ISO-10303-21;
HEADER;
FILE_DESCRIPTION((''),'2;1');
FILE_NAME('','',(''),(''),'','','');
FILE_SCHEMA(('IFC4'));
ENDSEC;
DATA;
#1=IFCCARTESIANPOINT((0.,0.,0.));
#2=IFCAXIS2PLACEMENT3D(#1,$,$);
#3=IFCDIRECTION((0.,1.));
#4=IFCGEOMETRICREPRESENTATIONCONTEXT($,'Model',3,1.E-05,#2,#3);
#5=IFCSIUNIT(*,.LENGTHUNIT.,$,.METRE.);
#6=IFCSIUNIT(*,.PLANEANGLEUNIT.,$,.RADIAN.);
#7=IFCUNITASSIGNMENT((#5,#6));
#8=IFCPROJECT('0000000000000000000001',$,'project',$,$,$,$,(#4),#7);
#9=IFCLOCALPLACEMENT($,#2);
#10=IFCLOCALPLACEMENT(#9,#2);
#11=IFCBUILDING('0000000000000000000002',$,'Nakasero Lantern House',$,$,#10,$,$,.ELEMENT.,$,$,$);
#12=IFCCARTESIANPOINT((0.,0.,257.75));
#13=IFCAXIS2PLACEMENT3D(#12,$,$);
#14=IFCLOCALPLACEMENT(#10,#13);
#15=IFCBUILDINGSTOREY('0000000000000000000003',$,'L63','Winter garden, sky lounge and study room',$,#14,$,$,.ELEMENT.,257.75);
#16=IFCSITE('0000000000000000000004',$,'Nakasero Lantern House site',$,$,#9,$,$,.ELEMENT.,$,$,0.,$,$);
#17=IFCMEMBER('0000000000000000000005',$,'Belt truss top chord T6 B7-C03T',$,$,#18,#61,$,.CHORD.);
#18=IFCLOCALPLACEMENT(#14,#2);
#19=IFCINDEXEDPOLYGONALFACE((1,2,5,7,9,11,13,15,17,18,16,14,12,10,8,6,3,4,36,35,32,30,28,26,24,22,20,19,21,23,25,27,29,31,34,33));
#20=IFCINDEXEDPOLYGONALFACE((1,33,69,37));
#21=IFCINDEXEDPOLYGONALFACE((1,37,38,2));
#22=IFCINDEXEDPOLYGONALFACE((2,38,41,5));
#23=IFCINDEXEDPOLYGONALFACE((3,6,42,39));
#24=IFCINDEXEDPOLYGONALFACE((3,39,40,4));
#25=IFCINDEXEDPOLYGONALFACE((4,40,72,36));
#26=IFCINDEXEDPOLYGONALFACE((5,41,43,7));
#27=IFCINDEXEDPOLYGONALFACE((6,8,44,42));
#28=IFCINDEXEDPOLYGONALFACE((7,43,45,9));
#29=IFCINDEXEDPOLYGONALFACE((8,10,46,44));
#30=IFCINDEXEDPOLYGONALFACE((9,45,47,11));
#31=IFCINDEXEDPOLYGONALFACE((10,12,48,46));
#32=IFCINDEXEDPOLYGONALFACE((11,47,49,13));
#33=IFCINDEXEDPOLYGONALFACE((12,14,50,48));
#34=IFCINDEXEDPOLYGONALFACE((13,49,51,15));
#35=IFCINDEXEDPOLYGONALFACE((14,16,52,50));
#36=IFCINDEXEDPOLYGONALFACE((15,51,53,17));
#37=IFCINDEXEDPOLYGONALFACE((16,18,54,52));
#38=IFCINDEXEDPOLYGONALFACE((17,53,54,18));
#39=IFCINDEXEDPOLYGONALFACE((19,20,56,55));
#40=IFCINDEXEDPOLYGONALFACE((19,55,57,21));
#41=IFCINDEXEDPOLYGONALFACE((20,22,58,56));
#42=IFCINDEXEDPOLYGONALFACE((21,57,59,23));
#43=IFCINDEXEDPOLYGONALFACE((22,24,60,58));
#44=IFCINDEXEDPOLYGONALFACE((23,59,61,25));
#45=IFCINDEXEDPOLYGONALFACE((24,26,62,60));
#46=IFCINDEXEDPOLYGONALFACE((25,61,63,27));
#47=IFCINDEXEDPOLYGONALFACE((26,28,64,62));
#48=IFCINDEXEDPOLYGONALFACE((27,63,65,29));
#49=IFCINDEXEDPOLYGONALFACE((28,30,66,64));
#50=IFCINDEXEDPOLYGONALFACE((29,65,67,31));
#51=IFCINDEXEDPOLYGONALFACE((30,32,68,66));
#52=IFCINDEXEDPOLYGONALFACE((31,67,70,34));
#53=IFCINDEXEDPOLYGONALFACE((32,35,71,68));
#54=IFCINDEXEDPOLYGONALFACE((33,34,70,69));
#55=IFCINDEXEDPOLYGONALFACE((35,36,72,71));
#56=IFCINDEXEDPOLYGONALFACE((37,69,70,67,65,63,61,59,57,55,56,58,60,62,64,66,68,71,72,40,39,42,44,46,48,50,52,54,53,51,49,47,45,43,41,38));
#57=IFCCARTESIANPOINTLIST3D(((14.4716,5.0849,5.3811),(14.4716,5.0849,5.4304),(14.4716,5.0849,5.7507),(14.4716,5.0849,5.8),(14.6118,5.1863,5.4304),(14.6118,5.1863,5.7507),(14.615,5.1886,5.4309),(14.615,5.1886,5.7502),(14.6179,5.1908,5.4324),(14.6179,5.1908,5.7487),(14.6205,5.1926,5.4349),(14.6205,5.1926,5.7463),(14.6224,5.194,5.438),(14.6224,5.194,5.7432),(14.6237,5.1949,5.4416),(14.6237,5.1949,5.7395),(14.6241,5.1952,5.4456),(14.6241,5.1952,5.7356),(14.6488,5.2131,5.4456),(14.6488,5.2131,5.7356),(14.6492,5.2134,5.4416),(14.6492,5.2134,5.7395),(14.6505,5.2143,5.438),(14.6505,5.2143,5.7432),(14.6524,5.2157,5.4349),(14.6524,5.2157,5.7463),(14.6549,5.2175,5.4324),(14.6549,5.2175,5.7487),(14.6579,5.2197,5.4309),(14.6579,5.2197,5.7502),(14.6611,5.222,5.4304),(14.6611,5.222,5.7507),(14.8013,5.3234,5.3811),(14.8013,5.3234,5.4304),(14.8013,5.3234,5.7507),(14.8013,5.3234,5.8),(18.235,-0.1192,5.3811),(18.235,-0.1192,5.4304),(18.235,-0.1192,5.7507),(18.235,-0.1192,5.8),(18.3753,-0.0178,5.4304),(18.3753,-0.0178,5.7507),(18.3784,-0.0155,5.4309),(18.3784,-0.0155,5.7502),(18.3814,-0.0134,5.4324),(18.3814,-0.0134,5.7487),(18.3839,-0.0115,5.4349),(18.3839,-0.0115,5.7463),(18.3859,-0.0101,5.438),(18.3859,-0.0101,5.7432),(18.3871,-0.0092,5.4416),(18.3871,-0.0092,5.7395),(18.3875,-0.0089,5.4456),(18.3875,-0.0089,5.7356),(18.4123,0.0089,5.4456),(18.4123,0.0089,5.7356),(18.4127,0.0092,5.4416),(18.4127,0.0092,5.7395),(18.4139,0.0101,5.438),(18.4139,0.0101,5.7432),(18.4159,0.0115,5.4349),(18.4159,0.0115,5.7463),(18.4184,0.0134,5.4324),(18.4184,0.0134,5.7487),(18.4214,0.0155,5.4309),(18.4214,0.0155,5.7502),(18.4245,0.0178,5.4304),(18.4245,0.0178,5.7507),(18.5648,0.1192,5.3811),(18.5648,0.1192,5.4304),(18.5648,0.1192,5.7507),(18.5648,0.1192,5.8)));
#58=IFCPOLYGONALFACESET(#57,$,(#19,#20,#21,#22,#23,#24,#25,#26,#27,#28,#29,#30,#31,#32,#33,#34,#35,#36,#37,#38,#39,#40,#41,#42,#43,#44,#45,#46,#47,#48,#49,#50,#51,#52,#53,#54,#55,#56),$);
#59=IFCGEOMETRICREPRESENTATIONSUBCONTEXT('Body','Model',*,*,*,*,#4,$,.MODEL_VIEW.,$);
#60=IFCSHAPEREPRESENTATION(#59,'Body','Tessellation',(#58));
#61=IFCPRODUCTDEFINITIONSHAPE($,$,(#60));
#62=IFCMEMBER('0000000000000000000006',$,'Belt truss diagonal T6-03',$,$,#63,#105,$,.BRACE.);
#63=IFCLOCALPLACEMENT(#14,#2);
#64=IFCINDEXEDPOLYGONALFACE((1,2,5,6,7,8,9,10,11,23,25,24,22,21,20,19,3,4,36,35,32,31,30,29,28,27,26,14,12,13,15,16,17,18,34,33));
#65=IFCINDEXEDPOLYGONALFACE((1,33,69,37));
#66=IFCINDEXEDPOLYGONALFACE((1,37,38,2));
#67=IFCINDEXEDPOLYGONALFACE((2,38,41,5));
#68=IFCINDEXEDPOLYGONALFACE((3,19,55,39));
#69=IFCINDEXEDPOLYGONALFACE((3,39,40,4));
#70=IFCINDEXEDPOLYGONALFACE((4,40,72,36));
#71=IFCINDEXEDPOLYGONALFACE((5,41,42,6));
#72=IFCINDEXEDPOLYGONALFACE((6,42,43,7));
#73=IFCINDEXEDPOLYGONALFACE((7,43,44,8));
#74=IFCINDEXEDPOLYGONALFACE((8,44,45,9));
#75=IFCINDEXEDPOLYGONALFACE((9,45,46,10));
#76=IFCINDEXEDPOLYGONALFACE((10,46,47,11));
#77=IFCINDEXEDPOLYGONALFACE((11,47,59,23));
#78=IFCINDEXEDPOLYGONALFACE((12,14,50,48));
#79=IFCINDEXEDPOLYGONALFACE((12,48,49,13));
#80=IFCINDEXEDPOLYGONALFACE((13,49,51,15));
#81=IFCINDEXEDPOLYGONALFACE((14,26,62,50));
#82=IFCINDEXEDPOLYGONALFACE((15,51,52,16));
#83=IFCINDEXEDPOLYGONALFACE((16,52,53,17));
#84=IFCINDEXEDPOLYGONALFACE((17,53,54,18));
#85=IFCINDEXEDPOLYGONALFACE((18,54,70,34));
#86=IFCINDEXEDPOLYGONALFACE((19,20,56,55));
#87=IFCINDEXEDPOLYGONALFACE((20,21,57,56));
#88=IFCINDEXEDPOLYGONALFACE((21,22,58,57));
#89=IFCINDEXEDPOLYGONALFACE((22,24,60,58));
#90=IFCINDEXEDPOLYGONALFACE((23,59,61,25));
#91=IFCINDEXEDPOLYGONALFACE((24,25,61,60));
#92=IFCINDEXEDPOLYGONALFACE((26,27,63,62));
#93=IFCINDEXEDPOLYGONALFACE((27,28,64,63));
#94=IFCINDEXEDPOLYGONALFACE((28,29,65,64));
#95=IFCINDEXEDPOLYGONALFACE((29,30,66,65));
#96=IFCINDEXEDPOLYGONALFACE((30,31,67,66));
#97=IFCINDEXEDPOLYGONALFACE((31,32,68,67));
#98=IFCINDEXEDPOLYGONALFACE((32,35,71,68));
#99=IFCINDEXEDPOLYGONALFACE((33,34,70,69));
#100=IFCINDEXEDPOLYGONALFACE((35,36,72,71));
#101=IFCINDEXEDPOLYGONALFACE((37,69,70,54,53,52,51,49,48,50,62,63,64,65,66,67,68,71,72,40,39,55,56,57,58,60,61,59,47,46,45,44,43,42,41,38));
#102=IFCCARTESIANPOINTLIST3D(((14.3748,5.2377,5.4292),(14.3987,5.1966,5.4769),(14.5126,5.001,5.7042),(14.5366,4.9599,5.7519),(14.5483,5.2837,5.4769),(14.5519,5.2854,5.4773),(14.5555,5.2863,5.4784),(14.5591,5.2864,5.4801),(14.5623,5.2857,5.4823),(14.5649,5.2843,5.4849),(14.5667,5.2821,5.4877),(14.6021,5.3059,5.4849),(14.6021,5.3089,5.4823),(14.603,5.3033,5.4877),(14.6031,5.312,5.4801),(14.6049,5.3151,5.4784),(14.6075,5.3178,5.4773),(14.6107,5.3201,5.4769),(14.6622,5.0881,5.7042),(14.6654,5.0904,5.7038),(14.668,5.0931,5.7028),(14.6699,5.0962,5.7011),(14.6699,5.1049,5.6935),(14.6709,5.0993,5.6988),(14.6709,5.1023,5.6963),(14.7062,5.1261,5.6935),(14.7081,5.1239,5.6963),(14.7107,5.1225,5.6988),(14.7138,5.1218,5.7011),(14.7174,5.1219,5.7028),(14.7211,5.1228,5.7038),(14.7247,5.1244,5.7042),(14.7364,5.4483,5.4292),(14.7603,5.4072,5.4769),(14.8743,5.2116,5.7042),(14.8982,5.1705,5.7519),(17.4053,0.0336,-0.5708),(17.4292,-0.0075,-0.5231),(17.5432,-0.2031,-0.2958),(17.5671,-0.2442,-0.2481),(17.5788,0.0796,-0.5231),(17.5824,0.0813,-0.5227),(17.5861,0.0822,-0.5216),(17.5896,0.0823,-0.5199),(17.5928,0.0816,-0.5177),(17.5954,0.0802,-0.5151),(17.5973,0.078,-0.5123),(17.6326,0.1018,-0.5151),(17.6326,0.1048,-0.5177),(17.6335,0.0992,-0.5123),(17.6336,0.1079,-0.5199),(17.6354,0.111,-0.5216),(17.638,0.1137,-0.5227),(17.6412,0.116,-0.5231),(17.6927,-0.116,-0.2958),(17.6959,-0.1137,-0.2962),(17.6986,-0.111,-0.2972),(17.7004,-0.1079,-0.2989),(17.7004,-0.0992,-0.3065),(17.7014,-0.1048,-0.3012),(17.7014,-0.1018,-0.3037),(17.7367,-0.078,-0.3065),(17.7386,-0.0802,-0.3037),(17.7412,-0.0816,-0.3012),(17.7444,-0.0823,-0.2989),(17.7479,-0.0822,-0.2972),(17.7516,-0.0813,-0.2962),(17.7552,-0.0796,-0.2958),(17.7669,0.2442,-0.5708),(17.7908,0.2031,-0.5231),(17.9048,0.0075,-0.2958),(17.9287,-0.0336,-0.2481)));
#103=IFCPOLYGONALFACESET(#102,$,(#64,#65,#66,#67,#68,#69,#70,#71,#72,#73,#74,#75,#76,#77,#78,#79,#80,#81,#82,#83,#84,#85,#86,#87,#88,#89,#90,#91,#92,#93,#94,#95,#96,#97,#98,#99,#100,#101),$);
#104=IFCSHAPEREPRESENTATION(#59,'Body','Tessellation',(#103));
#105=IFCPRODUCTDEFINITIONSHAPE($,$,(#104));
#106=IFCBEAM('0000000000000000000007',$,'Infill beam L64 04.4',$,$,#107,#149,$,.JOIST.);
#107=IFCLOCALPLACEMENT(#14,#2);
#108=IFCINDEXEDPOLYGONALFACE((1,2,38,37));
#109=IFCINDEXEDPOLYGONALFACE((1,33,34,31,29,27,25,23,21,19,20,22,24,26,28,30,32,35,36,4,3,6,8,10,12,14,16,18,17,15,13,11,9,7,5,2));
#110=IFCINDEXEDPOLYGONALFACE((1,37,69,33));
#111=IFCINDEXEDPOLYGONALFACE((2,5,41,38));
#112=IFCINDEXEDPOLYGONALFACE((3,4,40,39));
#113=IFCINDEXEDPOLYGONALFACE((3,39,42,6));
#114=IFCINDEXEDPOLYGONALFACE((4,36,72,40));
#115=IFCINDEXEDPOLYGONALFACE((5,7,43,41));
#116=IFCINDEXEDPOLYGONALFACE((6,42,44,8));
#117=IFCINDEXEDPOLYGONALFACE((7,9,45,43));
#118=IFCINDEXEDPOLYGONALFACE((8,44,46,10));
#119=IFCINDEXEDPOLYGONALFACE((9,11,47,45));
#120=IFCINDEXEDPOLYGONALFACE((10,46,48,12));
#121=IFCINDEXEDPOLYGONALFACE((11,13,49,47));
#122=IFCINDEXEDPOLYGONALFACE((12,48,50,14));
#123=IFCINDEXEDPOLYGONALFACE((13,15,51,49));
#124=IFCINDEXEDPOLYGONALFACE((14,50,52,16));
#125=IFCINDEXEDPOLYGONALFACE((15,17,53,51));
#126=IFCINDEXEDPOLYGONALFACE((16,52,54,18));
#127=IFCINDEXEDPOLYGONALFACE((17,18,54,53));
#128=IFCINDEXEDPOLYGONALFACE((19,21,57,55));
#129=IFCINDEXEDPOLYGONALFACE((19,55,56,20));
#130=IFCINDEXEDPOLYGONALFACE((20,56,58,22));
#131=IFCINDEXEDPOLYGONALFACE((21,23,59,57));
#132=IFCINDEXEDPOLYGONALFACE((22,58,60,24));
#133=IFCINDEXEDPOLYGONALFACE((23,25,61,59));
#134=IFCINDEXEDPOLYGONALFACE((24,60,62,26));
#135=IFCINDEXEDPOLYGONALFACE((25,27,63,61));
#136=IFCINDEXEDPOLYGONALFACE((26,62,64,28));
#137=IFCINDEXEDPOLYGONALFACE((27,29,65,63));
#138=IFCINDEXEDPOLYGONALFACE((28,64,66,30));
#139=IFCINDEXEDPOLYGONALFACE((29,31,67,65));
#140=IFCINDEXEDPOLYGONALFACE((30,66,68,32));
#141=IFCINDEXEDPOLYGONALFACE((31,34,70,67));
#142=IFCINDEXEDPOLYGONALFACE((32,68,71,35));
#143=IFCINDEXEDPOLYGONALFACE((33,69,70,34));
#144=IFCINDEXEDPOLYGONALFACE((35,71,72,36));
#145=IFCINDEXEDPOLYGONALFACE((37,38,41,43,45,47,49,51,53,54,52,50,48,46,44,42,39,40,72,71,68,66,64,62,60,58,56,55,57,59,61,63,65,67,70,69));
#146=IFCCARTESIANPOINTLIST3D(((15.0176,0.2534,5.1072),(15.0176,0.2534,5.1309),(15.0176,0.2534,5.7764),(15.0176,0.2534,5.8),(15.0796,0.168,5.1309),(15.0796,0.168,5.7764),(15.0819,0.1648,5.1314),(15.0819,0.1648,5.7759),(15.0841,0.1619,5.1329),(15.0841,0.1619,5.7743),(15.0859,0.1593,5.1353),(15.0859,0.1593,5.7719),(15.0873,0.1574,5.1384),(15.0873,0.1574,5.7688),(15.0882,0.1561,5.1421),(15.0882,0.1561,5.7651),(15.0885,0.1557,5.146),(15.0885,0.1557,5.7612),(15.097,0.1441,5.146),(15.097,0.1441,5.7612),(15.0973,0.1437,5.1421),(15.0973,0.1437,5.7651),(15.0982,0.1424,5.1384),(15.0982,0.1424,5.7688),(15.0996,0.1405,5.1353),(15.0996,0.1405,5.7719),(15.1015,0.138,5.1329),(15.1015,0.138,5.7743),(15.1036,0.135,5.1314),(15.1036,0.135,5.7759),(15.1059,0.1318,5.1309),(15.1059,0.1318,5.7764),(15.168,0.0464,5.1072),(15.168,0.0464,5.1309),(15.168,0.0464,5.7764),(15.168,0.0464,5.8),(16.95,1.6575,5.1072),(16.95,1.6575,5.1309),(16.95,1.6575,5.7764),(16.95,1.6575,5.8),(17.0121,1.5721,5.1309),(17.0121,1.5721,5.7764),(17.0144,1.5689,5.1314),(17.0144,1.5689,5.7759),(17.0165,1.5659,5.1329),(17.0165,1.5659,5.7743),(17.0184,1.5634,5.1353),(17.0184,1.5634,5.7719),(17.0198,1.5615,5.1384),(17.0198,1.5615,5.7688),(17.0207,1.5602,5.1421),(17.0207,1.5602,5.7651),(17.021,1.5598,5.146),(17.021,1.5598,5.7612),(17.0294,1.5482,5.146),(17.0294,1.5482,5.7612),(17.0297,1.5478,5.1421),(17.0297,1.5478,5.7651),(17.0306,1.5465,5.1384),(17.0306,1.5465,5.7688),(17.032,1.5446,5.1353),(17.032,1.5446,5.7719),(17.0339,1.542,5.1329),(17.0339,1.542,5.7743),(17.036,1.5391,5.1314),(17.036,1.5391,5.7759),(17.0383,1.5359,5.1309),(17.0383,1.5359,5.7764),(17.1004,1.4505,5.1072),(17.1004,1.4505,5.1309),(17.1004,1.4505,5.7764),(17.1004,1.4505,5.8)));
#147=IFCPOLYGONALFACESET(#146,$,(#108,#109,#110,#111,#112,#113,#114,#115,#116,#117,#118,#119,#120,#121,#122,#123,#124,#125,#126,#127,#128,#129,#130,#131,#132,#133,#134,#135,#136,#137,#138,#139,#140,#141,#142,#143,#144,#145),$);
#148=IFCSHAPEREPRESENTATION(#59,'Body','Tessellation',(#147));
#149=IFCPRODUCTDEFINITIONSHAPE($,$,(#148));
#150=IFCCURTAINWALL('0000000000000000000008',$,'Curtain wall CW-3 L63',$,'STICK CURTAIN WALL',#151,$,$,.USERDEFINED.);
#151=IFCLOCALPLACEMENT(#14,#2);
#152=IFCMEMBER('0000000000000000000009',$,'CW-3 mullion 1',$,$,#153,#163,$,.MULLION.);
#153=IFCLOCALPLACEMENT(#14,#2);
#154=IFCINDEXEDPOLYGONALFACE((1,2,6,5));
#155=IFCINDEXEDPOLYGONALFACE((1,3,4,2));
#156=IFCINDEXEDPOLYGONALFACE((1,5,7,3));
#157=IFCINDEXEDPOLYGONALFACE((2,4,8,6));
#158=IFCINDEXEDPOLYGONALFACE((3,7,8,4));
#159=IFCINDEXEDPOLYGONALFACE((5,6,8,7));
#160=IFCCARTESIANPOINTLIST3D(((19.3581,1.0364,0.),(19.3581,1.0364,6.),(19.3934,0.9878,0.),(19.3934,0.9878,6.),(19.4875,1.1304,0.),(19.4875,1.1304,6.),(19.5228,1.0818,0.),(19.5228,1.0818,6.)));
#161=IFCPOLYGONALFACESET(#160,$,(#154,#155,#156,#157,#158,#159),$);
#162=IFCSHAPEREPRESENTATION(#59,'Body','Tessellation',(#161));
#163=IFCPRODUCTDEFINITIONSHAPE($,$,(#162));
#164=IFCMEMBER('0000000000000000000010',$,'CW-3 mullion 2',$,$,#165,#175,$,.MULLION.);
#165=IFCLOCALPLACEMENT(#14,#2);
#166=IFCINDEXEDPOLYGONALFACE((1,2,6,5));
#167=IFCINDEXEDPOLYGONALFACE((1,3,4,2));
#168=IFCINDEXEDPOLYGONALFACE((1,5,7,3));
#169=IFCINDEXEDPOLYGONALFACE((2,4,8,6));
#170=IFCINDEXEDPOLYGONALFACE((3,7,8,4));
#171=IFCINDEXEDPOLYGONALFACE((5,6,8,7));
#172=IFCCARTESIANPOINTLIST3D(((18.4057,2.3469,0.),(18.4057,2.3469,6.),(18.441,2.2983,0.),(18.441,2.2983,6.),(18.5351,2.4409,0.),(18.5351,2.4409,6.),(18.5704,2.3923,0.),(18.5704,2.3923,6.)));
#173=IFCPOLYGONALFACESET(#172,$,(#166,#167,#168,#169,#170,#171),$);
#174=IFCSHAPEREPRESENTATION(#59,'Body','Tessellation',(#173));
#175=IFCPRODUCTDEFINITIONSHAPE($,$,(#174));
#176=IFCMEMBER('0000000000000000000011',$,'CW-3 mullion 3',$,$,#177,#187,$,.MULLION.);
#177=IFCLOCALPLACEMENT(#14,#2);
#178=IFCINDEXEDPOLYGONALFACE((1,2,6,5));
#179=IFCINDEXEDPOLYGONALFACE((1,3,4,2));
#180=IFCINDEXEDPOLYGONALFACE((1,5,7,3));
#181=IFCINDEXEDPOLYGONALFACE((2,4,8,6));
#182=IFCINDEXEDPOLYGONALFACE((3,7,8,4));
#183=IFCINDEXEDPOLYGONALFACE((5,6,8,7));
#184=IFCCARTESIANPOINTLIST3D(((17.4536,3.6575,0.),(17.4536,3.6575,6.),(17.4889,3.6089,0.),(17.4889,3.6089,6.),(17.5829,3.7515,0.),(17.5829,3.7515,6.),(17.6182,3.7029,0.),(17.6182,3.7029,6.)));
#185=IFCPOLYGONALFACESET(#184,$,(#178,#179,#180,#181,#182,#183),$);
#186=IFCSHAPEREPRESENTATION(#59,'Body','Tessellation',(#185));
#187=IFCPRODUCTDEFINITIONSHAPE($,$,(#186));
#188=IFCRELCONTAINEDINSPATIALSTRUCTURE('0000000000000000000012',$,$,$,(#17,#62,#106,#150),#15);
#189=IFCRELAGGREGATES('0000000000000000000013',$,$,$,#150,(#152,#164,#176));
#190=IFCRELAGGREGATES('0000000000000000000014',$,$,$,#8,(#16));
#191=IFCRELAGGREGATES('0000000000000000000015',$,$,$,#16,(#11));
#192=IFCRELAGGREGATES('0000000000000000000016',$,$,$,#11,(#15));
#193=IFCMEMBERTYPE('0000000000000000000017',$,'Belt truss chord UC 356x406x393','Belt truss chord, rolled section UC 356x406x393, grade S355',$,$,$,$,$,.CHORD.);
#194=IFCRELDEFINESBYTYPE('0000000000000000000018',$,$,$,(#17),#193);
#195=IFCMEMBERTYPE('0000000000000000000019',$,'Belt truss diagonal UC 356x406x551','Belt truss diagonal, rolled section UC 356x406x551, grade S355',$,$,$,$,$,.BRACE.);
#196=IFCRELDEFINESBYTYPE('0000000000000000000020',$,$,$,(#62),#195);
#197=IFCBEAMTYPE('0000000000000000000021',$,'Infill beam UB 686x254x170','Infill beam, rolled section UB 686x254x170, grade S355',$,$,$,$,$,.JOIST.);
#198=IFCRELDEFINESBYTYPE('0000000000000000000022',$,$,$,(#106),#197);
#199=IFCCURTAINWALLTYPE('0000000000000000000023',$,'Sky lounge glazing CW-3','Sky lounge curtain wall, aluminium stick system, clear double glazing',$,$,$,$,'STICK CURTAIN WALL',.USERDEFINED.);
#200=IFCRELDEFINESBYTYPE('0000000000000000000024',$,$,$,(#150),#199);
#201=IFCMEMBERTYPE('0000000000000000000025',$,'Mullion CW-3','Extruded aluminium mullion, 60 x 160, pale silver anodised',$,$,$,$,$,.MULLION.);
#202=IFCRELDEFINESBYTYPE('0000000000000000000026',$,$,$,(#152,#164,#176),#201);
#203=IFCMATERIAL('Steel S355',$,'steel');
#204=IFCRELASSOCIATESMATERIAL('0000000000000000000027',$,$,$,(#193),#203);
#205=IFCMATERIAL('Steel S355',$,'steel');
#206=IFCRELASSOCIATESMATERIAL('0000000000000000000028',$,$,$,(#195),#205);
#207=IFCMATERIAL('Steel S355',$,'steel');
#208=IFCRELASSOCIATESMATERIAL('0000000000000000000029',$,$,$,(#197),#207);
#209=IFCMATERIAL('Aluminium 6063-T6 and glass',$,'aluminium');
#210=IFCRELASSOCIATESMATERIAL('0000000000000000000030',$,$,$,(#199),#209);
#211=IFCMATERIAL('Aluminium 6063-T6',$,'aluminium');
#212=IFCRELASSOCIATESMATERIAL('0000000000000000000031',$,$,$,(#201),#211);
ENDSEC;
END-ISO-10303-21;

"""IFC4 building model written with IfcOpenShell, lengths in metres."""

from ifc_helpers import new_model, si_unit, direction, frame, origin, origin_2d, place, context, subcontext, project, spatial, rectangle, i_section, extrude, material, material_profile, profile_set, type_object, element, aggregate, save


model = new_model("IFC4")

# Units and contexts
model_context = context("Model", 3, precision=1e-05, world=origin(), true_north=direction((0.0, 1.0)))
body_context = subcontext(model_context, "Body", "Model", "MODEL_VIEW")
ifc_project = project(units=[si_unit("LENGTHUNIT", "METRE"), si_unit("PLANEANGLEUNIT", "RADIAN")], contexts=[model_context])

# Site, building, storey
site_placement = place(None, origin())
site = spatial("IfcSite", under=ifc_project, at=site_placement, Name="Nakasero Lantern House site", CompositionType="ELEMENT", RefElevation=0.0)
building_placement = place(site_placement, origin())
building = spatial("IfcBuilding", under=site, at=building_placement, Name="Nakasero Lantern House", CompositionType="ELEMENT")
storey_placement = place(building_placement, frame((0.0, 0.0, 257.75)))
storey = spatial("IfcBuildingStorey", under=building, at=storey_placement, Name="L63", Description="Winter garden, sky lounge and study room", CompositionType="ELEMENT", Elevation=257.75)

# Members
ifc_material_1 = material(Name="Steel S355", Category="steel")
ifc_material_profile_1 = material_profile(ifc_material_1, i_section(OverallWidth=0.407, OverallDepth=0.4189, WebThickness=0.0305, FlangeThickness=0.0493, FilletRadius=0.0151, at=origin_2d()), Name="UC 356x406x393")
ifc_profile_set_1 = profile_set([ifc_material_profile_1], Name="Steel S355")
member_type_1 = type_object("IfcMemberType", Name="Belt truss chord UC 356x406x393", Description="Belt truss chord, rolled section UC 356x406x393, grade S355", PredefinedType="CHORD", material=ifc_profile_set_1)
member_1_placement = place(storey_placement, frame((18.3999, 0.0, 5.5906), z_axis=(-0.585993, 0.810316, 0.0), x_axis=(-0.810316, -0.585993, 0.0)))
element("IfcMember", 1, at=member_1_placement, inside=storey, type_object=member_type_1, Name="Belt truss top chord T6 B7-C03T", PredefinedType="CHORD", context=body_context, shape_type="SweptSolid", body=[
    extrude(i_section(OverallWidth=0.407, OverallDepth=0.4189, WebThickness=0.0305, FlangeThickness=0.0493, FilletRadius=0.0151, at=origin_2d()), origin(), (0.0, 0.0, 1.0), 6.4224),
])
ifc_material_2 = material(Name="Steel S355", Category="steel")
ifc_material_profile_2 = material_profile(ifc_material_2, i_section(OverallWidth=0.4185, OverallDepth=0.4556, WebThickness=0.042, FlangeThickness=0.0674, FilletRadius=0.0151, at=origin_2d()), Name="UC 356x406x551")
ifc_profile_set_2 = profile_set([ifc_material_profile_2], Name="Steel S355")
member_type_2 = type_object("IfcMemberType", Name="Belt truss diagonal UC 356x406x551", Description="Belt truss diagonal, rolled section UC 356x406x551, grade S355", PredefinedType="BRACE", material=ifc_profile_set_2)
member_2_placement = place(storey_placement, frame((17.667, 0.0, -0.4094), z_axis=(-0.35649, 0.612176, 0.705801), x_axis=(-0.864155, -0.503226, 0.0)))
element("IfcMember", 2, at=member_2_placement, inside=storey, type_object=member_type_2, Name="Belt truss diagonal T6-03", PredefinedType="BRACE", context=body_context, shape_type="SweptSolid", body=[
    extrude(i_section(OverallWidth=0.4185, OverallDepth=0.4556, WebThickness=0.042, FlangeThickness=0.0674, FilletRadius=0.0151, at=origin_2d()), origin(), (0.0, 0.0, 1.0), 8.501),
])

# Beam
ifc_material_3 = material(Name="Steel S355", Category="steel")
ifc_material_profile_3 = material_profile(ifc_material_3, i_section(OverallWidth=0.2559, OverallDepth=0.6929, WebThickness=0.0144, FlangeThickness=0.0237, FilletRadius=0.0151, at=origin_2d()), Name="UB 686x254x170")
ifc_profile_set_3 = profile_set([ifc_material_profile_3], Name="Steel S355")
beam_type_1 = type_object("IfcBeamType", Name="Infill beam UB 686x254x170", Description="Infill beam, rolled section UB 686x254x170, grade S355", PredefinedType="JOIST", material=ifc_profile_set_3)
beam_1_placement = place(storey_placement, frame((15.0928, 0.1499, 5.4536), z_axis=(0.808997, 0.587813, 0.0), x_axis=(-0.587813, 0.808997, 0.0)))
element("IfcBeam", 3, at=beam_1_placement, inside=storey, type_object=beam_type_1, Name="Infill beam L64 04.4", PredefinedType="JOIST", context=body_context, shape_type="SweptSolid", body=[
    extrude(i_section(OverallWidth=0.2559, OverallDepth=0.6929, WebThickness=0.0144, FlangeThickness=0.0237, FilletRadius=0.0151, at=origin_2d()), origin(), (0.0, 0.0, 1.0), 2.3887),
])

# Curtain wall, members
ifc_material_4 = material(Name="Aluminium 6063-T6 and glass", Category="aluminium")
curtain_wall_type = type_object("IfcCurtainWallType", Name="Sky lounge glazing CW-3", Description="Sky lounge curtain wall, aluminium stick system, clear double glazing", ElementType="STICK CURTAIN WALL", PredefinedType="USERDEFINED", material=ifc_material_4)
curtain_wall_1_placement = place(storey_placement, origin())
curtain_wall_1 = element("IfcCurtainWall", 4, at=curtain_wall_1_placement, inside=storey, type_object=curtain_wall_type, Name="Curtain wall CW-3 L63", ObjectType="STICK CURTAIN WALL", PredefinedType="USERDEFINED")
ifc_material_5 = material(Name="Aluminium 6063-T6", Category="aluminium")
ifc_material_profile_4 = material_profile(ifc_material_5, rectangle(XDim=0.0601, YDim=0.1599, at=origin_2d()), Name="CW-3 mullion 60x160")
ifc_profile_set_4 = profile_set([ifc_material_profile_4], Name="Aluminium 6063-T6")
member_type_3 = type_object("IfcMemberType", Name="Mullion CW-3", Description="Extruded aluminium mullion, 60 x 160, pale silver anodised", PredefinedType="MULLION", material=ifc_profile_set_4)
member_3_placement = place(storey_placement, frame((19.4404, 1.0591, 0.0), z_axis=(0.0, 0.0, 1.0), x_axis=(-0.587785, 0.809017, 0.0)))
member_3 = element("IfcMember", 5, at=member_3_placement, type_object=member_type_3, Name="CW-3 mullion 1", PredefinedType="MULLION", context=body_context, shape_type="SweptSolid", body=[
    extrude(rectangle(XDim=0.0601, YDim=0.1599, at=origin_2d()), origin(), (0.0, 0.0, 1.0), 6.0),
])
member_4_placement = place(storey_placement, frame((18.488, 2.3696, 0.0), z_axis=(0.0, 0.0, 1.0), x_axis=(-0.587785, 0.809017, 0.0)))
member_4 = element("IfcMember", 6, at=member_4_placement, type_object=member_type_3, Name="CW-3 mullion 2", PredefinedType="MULLION", context=body_context, shape_type="SweptSolid", body=[
    extrude(rectangle(XDim=0.0601, YDim=0.1599, at=origin_2d()), origin(), (0.0, 0.0, 1.0), 6.0),
])
member_5_placement = place(storey_placement, frame((17.5359, 3.6802, 0.0), z_axis=(0.0, 0.0, 1.0), x_axis=(-0.587785, 0.809017, 0.0)))
member_5 = element("IfcMember", 7, at=member_5_placement, type_object=member_type_3, Name="CW-3 mullion 3", PredefinedType="MULLION", context=body_context, shape_type="SweptSolid", body=[
    extrude(rectangle(XDim=0.0601, YDim=0.1599, at=origin_2d()), origin(), (0.0, 0.0, 1.0), 6.0),
])

aggregate(curtain_wall_1, [member_3, member_4, member_5])

save(model, "model.ifc")
